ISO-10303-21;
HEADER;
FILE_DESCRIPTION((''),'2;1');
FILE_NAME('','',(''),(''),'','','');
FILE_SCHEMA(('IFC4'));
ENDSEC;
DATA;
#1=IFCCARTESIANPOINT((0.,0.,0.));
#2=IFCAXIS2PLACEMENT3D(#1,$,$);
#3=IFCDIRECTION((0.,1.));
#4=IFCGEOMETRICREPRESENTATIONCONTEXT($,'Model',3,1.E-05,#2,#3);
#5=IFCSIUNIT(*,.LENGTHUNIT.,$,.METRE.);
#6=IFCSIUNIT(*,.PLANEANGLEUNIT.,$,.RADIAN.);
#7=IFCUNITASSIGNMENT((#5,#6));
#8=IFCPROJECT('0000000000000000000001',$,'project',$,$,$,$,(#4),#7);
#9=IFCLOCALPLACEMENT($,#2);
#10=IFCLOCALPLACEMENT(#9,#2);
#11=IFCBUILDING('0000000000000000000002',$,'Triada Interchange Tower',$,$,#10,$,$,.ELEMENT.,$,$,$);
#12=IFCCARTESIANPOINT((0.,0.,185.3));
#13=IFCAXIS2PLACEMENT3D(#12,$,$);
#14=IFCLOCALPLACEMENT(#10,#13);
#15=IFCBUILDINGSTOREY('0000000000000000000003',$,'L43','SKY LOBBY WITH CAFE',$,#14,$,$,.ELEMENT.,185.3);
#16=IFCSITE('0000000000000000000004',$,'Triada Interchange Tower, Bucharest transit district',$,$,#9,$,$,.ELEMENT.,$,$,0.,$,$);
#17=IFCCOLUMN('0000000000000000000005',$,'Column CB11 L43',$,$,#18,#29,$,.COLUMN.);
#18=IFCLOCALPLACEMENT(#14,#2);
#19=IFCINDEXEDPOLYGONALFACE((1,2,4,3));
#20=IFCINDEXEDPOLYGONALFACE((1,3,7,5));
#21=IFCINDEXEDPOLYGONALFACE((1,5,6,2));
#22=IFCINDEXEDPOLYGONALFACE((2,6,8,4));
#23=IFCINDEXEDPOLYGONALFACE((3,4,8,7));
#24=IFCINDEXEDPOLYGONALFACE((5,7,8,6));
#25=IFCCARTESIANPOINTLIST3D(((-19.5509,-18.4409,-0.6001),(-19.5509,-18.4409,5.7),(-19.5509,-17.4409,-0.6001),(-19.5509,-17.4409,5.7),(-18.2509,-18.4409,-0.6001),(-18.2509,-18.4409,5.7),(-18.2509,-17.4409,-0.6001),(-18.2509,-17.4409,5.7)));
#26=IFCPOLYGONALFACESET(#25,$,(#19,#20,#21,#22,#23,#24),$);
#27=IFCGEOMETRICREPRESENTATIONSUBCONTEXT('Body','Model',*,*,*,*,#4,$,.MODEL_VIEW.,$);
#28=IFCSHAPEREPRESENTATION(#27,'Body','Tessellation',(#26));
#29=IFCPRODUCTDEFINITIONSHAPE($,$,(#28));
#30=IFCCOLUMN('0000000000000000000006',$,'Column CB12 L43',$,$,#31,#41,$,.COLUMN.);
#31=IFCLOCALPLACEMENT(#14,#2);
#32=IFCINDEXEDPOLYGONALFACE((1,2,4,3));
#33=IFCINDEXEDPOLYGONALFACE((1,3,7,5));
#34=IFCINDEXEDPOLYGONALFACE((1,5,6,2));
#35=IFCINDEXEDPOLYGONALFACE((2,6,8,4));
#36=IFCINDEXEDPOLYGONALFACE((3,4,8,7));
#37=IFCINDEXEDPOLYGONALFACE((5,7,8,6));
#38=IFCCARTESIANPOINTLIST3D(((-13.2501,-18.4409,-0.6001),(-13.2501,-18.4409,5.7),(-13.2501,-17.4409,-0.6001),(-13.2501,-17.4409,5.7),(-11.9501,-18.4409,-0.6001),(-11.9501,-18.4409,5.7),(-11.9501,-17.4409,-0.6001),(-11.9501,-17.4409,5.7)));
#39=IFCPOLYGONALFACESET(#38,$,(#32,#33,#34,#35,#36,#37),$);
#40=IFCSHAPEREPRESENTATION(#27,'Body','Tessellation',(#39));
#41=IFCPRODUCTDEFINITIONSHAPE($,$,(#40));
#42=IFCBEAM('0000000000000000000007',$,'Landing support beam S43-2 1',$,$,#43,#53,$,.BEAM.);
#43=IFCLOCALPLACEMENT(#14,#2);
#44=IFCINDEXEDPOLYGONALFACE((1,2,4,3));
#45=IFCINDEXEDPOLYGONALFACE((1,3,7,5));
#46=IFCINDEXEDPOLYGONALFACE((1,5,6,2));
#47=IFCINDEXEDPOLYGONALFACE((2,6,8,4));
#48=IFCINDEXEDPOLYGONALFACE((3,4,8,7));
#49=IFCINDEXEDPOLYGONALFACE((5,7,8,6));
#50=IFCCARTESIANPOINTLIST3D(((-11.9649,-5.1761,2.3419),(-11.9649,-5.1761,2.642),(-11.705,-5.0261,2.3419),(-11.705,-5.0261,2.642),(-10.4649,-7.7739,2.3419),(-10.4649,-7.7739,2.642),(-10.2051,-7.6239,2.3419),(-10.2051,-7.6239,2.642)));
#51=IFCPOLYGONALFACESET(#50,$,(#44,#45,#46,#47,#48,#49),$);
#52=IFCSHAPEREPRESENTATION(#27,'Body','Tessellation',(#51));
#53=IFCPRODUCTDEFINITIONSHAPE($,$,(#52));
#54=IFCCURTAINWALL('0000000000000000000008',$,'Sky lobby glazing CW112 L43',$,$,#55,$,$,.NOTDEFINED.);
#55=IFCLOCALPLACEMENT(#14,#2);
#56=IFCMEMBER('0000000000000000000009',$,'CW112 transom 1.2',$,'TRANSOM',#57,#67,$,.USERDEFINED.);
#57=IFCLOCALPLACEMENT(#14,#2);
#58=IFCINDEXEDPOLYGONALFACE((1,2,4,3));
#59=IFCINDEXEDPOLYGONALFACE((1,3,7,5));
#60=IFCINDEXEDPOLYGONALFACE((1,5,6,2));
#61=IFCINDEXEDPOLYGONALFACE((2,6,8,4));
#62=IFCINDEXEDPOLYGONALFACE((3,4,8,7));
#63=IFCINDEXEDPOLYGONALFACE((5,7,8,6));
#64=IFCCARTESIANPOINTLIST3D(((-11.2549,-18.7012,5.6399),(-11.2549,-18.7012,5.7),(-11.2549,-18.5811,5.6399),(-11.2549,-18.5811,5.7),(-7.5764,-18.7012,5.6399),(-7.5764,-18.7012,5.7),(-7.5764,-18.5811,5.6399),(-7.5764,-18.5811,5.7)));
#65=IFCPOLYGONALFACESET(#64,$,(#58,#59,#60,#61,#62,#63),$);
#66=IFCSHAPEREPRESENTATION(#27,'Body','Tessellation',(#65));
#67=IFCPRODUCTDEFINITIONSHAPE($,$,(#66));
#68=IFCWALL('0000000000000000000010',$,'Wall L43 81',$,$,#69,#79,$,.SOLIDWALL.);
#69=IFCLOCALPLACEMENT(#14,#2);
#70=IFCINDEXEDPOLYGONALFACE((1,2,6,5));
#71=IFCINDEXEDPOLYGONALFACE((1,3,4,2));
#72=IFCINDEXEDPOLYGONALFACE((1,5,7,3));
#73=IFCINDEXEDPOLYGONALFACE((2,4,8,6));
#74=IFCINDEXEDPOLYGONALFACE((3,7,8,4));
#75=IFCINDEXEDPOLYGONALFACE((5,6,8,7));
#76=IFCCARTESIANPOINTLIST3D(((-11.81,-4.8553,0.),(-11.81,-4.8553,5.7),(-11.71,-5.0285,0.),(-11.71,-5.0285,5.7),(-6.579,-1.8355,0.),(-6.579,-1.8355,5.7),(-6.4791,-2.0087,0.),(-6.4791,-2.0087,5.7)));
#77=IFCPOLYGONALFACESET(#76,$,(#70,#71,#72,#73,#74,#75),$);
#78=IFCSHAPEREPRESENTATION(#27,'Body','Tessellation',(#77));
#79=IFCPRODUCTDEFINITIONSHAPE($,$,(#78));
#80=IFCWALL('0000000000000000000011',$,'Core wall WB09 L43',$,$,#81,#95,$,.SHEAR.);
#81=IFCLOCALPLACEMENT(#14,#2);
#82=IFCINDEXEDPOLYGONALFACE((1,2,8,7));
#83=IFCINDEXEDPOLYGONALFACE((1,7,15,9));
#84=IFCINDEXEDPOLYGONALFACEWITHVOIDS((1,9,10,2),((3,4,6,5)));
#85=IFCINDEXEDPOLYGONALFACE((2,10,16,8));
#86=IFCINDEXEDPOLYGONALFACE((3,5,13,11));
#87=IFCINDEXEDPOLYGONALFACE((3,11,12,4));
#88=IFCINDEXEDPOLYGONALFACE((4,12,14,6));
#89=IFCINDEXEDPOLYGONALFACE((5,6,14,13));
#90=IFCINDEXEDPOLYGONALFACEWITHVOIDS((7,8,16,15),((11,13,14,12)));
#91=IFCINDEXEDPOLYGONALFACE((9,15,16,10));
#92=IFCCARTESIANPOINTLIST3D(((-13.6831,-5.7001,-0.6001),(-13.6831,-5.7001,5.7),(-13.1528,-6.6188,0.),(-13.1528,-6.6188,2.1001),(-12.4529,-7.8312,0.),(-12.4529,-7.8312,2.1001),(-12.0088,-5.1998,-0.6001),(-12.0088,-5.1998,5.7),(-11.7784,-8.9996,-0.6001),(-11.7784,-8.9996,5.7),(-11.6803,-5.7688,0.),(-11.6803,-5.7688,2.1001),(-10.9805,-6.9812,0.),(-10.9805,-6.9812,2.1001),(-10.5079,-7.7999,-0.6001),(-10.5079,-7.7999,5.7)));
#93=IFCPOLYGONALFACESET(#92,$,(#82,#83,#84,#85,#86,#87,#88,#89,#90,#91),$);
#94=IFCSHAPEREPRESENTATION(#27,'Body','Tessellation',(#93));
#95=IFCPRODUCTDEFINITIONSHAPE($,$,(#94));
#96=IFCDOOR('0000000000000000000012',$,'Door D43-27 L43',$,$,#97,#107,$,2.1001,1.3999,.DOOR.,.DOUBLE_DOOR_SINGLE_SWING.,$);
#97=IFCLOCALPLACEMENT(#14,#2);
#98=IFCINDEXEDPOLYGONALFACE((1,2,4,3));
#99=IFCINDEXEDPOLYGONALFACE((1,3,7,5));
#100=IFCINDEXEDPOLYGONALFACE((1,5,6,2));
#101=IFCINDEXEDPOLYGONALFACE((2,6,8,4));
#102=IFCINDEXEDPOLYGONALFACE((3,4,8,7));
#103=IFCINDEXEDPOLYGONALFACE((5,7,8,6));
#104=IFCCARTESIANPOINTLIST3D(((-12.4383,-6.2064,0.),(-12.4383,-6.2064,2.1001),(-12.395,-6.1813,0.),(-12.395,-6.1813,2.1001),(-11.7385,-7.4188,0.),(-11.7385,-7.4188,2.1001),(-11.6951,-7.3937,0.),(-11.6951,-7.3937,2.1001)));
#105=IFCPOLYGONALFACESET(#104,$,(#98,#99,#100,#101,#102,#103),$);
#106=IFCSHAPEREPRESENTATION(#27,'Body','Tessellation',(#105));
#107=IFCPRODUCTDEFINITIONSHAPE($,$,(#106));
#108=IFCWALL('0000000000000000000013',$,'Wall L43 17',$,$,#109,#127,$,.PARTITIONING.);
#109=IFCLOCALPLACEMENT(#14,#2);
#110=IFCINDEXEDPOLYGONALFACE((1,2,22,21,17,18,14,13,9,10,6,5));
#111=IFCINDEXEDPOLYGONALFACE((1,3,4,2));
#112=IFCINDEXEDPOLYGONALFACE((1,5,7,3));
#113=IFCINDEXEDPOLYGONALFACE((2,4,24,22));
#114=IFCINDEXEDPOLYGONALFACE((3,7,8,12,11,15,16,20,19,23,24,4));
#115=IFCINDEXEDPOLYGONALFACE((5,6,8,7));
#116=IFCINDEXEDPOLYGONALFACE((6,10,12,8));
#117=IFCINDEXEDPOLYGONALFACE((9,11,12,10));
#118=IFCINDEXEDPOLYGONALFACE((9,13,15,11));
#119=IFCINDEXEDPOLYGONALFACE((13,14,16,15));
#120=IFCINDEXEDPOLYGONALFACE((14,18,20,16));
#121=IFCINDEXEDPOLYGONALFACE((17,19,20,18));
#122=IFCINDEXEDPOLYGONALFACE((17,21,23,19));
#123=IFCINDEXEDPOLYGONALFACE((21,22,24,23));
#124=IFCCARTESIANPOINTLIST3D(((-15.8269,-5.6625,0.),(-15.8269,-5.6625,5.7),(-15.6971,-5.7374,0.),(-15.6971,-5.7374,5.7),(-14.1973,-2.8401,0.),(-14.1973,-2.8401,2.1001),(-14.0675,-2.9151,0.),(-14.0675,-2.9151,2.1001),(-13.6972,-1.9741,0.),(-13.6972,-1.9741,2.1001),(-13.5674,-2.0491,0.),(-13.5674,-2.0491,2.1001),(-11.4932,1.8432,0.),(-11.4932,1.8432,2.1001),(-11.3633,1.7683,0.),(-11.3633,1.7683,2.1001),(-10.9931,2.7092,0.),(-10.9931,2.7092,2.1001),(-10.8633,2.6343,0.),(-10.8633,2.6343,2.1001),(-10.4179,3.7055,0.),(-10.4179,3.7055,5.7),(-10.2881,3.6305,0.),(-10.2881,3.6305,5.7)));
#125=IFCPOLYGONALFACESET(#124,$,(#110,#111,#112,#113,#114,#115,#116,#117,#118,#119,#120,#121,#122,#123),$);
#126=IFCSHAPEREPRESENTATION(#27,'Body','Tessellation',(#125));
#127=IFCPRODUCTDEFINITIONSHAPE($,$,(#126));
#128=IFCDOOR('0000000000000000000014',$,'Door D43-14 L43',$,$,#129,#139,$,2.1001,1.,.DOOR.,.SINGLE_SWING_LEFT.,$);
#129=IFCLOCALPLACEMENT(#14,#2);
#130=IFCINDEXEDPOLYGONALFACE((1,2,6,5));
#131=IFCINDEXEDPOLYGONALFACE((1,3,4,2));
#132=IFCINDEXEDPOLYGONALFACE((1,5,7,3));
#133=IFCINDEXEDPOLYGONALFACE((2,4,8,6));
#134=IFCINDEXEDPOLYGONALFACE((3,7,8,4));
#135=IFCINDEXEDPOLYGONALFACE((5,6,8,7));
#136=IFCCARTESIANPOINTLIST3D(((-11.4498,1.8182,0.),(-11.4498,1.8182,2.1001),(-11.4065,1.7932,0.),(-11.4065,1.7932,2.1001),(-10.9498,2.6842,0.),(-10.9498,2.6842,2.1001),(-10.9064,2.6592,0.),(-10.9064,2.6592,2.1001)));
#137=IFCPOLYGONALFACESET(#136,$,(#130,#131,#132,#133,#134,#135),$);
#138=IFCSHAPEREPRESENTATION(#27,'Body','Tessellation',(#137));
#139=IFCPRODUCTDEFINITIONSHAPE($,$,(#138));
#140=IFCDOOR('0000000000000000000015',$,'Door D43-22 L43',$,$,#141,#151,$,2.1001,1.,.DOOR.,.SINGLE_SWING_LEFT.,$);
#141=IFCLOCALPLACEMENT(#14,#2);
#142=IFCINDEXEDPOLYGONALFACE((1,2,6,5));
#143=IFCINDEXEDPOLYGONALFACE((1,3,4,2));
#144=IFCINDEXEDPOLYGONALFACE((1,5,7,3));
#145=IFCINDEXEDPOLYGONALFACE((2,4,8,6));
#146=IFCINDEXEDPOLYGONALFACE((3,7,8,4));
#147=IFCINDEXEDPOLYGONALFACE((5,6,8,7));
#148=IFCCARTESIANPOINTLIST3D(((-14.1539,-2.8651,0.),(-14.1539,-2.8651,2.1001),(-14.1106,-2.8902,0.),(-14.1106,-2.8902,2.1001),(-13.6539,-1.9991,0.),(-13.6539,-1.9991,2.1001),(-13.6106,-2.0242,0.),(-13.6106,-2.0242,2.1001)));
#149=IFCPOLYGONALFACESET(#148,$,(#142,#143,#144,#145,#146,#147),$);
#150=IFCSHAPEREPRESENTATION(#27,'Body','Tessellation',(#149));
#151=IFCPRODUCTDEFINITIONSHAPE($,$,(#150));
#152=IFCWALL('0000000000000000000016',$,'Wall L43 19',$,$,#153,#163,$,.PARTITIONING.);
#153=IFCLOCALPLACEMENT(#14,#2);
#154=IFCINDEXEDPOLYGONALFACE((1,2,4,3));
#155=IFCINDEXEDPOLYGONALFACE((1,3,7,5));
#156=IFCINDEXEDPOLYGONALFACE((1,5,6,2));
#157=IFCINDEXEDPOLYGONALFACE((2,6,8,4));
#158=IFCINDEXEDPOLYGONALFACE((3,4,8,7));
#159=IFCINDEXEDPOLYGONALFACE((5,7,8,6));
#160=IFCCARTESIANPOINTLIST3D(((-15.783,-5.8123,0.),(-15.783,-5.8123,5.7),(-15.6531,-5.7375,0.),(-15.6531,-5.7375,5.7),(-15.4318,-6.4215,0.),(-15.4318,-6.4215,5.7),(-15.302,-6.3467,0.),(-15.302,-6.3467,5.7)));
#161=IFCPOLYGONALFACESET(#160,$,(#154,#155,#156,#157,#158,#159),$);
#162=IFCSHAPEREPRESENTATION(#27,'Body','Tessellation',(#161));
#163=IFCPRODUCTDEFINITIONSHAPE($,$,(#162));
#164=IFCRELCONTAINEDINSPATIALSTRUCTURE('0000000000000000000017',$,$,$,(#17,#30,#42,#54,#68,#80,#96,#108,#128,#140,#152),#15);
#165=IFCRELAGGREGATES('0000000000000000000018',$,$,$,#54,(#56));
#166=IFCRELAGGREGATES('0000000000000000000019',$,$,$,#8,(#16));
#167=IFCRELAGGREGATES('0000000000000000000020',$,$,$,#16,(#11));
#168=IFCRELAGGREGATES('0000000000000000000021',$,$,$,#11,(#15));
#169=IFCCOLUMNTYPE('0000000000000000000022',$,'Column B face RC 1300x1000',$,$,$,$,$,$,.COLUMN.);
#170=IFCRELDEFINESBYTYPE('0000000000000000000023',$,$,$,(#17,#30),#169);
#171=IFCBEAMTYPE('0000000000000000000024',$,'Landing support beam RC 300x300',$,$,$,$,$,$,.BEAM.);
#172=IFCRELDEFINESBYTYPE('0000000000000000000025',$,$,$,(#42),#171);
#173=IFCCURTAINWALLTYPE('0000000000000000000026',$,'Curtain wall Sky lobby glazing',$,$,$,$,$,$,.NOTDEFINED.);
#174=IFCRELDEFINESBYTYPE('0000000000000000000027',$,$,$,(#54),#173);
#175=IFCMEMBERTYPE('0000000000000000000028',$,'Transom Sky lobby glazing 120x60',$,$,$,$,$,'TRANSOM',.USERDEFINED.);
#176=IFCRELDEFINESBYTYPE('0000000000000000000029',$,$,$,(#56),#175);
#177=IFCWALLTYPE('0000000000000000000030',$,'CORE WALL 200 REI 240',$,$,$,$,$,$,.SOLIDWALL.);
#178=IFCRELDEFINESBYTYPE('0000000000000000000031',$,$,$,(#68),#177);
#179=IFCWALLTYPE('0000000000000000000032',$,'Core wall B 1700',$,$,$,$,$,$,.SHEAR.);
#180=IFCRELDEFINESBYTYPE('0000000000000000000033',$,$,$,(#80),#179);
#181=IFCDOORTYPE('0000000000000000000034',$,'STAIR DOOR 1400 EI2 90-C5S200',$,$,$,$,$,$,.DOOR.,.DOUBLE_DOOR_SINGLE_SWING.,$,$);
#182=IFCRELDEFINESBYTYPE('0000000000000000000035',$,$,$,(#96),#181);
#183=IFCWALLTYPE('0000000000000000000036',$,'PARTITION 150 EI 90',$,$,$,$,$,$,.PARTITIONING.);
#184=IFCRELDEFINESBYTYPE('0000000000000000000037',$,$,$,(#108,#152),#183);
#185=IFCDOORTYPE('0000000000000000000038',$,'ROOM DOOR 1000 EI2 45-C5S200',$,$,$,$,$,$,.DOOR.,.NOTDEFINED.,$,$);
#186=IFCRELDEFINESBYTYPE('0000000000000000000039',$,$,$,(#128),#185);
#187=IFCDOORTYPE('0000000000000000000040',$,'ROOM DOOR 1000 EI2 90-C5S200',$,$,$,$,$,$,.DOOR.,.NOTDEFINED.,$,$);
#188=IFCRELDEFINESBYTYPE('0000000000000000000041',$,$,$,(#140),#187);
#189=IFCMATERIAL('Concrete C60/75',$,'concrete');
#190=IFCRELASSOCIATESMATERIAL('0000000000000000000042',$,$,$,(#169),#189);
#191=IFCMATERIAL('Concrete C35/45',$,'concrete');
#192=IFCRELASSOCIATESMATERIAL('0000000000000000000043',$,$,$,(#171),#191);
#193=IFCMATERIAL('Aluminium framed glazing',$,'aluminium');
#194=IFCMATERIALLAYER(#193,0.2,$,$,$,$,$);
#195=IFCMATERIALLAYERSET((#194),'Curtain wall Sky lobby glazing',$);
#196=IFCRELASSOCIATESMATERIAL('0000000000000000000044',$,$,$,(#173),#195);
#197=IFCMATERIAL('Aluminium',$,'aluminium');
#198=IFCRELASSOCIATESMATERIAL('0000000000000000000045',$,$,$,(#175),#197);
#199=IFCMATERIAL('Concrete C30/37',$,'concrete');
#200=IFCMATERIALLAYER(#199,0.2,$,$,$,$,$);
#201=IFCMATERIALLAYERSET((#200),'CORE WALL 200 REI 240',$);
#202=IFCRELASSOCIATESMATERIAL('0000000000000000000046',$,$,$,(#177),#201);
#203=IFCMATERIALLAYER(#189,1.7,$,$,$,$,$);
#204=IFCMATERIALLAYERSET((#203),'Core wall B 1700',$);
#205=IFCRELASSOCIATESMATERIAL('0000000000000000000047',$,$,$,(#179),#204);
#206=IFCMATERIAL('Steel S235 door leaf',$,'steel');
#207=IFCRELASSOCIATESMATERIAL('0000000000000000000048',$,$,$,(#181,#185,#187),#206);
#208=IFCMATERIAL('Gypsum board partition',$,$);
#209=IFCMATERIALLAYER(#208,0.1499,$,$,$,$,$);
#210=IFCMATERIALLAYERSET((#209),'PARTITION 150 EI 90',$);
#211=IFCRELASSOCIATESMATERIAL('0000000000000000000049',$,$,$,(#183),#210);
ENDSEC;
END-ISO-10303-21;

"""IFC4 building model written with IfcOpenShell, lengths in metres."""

from ifc_helpers import new_model, si_unit, direction, frame, frame_2d, origin, origin_2d, place, context, subcontext, project, spatial, polyline, rectangle, outline, extrude, material, layer, layer_set, material_profile, profile_set, type_object, element, fill, aggregate, save


model = new_model("IFC4")

# Units and contexts
model_context = context("Model", 3, precision=1e-05, world=origin(), true_north=direction((0.0, 1.0)))
body_context = subcontext(model_context, "Body", "Model", "MODEL_VIEW")
ifc_project = project(units=[si_unit("LENGTHUNIT", "METRE"), si_unit("PLANEANGLEUNIT", "RADIAN")], contexts=[model_context])

# Site, building, storey
site_placement = place(None, origin())
site = spatial("IfcSite", under=ifc_project, at=site_placement, Name="Triada Interchange Tower, Bucharest transit district", CompositionType="ELEMENT", RefElevation=0.0)
building_placement = place(site_placement, origin())
building = spatial("IfcBuilding", under=site, at=building_placement, Name="Triada Interchange Tower", CompositionType="ELEMENT")
storey_placement = place(building_placement, frame((0.0, 0.0, 185.3)))
storey = spatial("IfcBuildingStorey", under=building, at=storey_placement, Name="L43", Description="SKY LOBBY WITH CAFE", CompositionType="ELEMENT", Elevation=185.3)

# Columns
ifc_material_1 = material(Name="Concrete C60/75", Category="concrete")
ifc_material_profile_1 = material_profile(ifc_material_1, rectangle(XDim=1.3, YDim=1.0, at=origin_2d()), Name="RC 1300x1000")
ifc_profile_set_1 = profile_set([ifc_material_profile_1], Name="Concrete C60/75")
column_type = type_object("IfcColumnType", Name="Column B face RC 1300x1000", PredefinedType="COLUMN", material=ifc_profile_set_1)
for number, where, z_axis, x_axis, name in (
    (1, (-18.9009, -17.9409, -0.6001), (0.0, 0.0, 1.0), (1.0, 0.0, 0.0), "Column CB11 L43"),
    (2, (-12.6001, -17.9409, -0.6001), (0.0, 0.0, 1.0), (1.0, 0.0, 0.0), "Column CB12 L43"),
):
    element("IfcColumn", number, at=place(storey_placement, frame(where, z_axis=z_axis, x_axis=x_axis)), inside=storey, type_object=column_type, Name=name, PredefinedType="COLUMN", context=body_context, shape_type="SweptSolid", body=[
        extrude(rectangle(XDim=1.3, YDim=1.0, at=origin_2d()), origin(), (0.0, 0.0, 1.0), 6.3),
    ])

# Beam
ifc_material_2 = material(Name="Concrete C35/45", Category="concrete")
ifc_material_profile_2 = material_profile(ifc_material_2, rectangle(XDim=0.3, YDim=0.3, at=origin_2d()), Name="RC 300x300")
ifc_profile_set_2 = profile_set([ifc_material_profile_2], Name="Concrete C35/45")
beam_type = type_object("IfcBeamType", Name="Landing support beam RC 300x300", PredefinedType="BEAM", material=ifc_profile_set_2)
beam_placement = place(storey_placement, frame((-11.835, -5.1011, 2.4919), z_axis=(0.500025, -0.866011, 0.0), x_axis=(0.866011, 0.500025, 0.0)))
element("IfcBeam", 3, at=beam_placement, inside=storey, type_object=beam_type, Name="Landing support beam S43-2 1", PredefinedType="BEAM", context=body_context, shape_type="SweptSolid", body=[
    extrude(rectangle(XDim=0.3, YDim=0.3, at=origin_2d()), origin(), (0.0, 0.0, 1.0), 2.9998),
])

# Curtain wall, member
ifc_material_3 = material(Name="Aluminium framed glazing", Category="aluminium")
ifc_layer_1 = layer(ifc_material_3, 0.2)
ifc_layer_set_1 = layer_set([ifc_layer_1], Name="Curtain wall Sky lobby glazing")
curtain_wall_type = type_object("IfcCurtainWallType", Name="Curtain wall Sky lobby glazing", PredefinedType="NOTDEFINED", material=ifc_layer_set_1)
curtain_wall_placement = place(storey_placement, origin())
curtain_wall = element("IfcCurtainWall", 4, at=curtain_wall_placement, inside=storey, type_object=curtain_wall_type, Name="Sky lobby glazing CW112 L43", PredefinedType="NOTDEFINED")
ifc_material_4 = material(Name="Aluminium", Category="aluminium")
ifc_material_profile_3 = material_profile(ifc_material_4, rectangle(XDim=0.1201, YDim=0.0601, at=origin_2d()), Name="Aluminium transom")
ifc_profile_set_3 = profile_set([ifc_material_profile_3], Name="Aluminium")
member_type = type_object("IfcMemberType", Name="Transom Sky lobby glazing 120x60", ElementType="TRANSOM", PredefinedType="USERDEFINED", material=ifc_profile_set_3)
member_placement = place(storey_placement, frame((-11.2549, -18.6411, 5.6699), z_axis=(1.0, 0.0, 0.0), x_axis=(0.0, 1.0, 0.0)))
member = element("IfcMember", 5, at=member_placement, type_object=member_type, Name="CW112 transom 1.2", ObjectType="TRANSOM", PredefinedType="USERDEFINED", context=body_context, shape_type="SweptSolid", body=[
    extrude(rectangle(XDim=0.1201, YDim=0.0601, at=origin_2d()), origin(), (0.0, 0.0, 1.0), 3.6785),
])
aggregate(curtain_wall, [member])

# Wall
ifc_material_5 = material(Name="Concrete C30/37", Category="concrete")
ifc_layer_2 = layer(ifc_material_5, 0.2)
ifc_layer_set_2 = layer_set([ifc_layer_2], Name="CORE WALL 200 REI 240")
wall_type_1 = type_object("IfcWallType", Name="CORE WALL 200 REI 240", PredefinedType="SOLIDWALL", material=ifc_layer_set_2)
wall_1_placement = place(storey_placement, frame((-11.76, -4.9419, 0.0), z_axis=(0.0, 0.0, 1.0), x_axis=(0.866048, 0.49996, 0.0)))
element("IfcWall", 6, at=wall_1_placement, inside=storey, type_object=wall_type_1, Name="Wall L43 81", PredefinedType="SOLIDWALL", context=body_context, shape_type="SweptSolid", body=[
    extrude(rectangle(XDim=6.04, YDim=0.2, at=frame_2d((3.02, 0.0))), origin(), (0.0, 0.0, 1.0), 5.7),
])

# Wall, opening, door
ifc_material_6 = material(Name="Steel S235 door leaf", Category="steel")
ifc_layer_3 = layer(ifc_material_1, 1.7)
ifc_layer_set_3 = layer_set([ifc_layer_3], Name="Core wall B 1700")
wall_type_2 = type_object("IfcWallType", Name="Core wall B 1700", PredefinedType="SHEAR", material=ifc_layer_set_3)
wall_2_placement = place(storey_placement, frame((-12.8459, -5.45, -0.6001), z_axis=(0.0, 0.0, 1.0), x_axis=(0.49994, -0.86606, 0.0)))
wall_2 = element("IfcWall", 7, at=wall_2_placement, inside=storey, type_object=wall_type_2, Name="Core wall WB09 L43", PredefinedType="SHEAR", context=body_context, shape_type="SweptSolid", body=[
    extrude(outline(polyline([(-0.2019, -0.8501), (1.7031, -0.8501), (3.6079, -0.8501), (3.2041, 0.8501), (1.7031, 0.8501), (0.2019, 0.8501), (-0.2019, -0.8501)])), origin(), (0.0, 0.0, 1.0), 6.3),
])
opening_1_placement = place(wall_2_placement, frame((0.8589, 0.0, 0.6001)))
opening_1 = element("IfcOpeningElement", 8, at=opening_1_placement, cuts=wall_2, PredefinedType="OPENING", context=body_context, shape_type="SweptSolid", body=[
    extrude(rectangle(XDim=1.3999, YDim=2.1001, at=frame_2d((0.7, 1.05))), frame((0.0, 0.8601, 0.0), z_axis=(0.0, -1.0, 0.0), x_axis=(1.0, 0.0, 0.0)), (0.0, 0.0, 1.0), 1.7202),
])
door_type_1 = type_object("IfcDoorType", Name="STAIR DOOR 1400 EI2 90-C5S200", OperationType="DOUBLE_DOOR_SINGLE_SWING", PredefinedType="DOOR", material=ifc_material_6)
door_1_placement = place(opening_1_placement, origin())
door_1 = element("IfcDoor", 9, at=door_1_placement, inside=storey, type_object=door_type_1, Name="Door D43-27 L43", OperationType="DOUBLE_DOOR_SINGLE_SWING", OverallHeight=2.1001, OverallWidth=1.3999, PredefinedType="DOOR", context=body_context, shape_type="SweptSolid", body=[
    extrude(rectangle(XDim=1.3999, YDim=2.1001, at=frame_2d((0.7, 1.05))), frame((0.0, 0.0249, 0.0), z_axis=(0.0, -1.0, 0.0), x_axis=(1.0, 0.0, 0.0)), (0.0, 0.0, 1.0), 0.05),
])
fill(opening_1, door_1)

# Wall, openings, doors
ifc_material_7 = material(Name="Gypsum board partition")
ifc_layer_4 = layer(ifc_material_7, 0.1499)
ifc_layer_set_4 = layer_set([ifc_layer_4], Name="PARTITION 150 EI 90")
wall_type_3 = type_object("IfcWallType", Name="PARTITION 150 EI 90", PredefinedType="PARTITIONING", material=ifc_layer_set_4)
wall_3_placement = place(storey_placement, frame((-15.762, -5.7, 0.0), z_axis=(0.0, 0.0, 1.0), x_axis=(0.500025, 0.866011, 0.0)))
wall_3 = element("IfcWall", 10, at=wall_3_placement, inside=storey, type_object=wall_type_3, Name="Wall L43 17", PredefinedType="PARTITIONING", context=body_context, shape_type="SweptSolid", body=[
    extrude(rectangle(XDim=10.8174, YDim=0.1499, at=frame_2d((5.4087, 0.0))), origin(), (0.0, 0.0, 1.0), 5.7),
])
opening_2_placement = place(wall_3_placement, frame((8.667, 0.0, 0.0)))
opening_2 = element("IfcOpeningElement", 11, at=opening_2_placement, cuts=wall_3, PredefinedType="OPENING", context=body_context, shape_type="SweptSolid", body=[
    extrude(rectangle(XDim=1.0, YDim=2.1001, at=frame_2d((0.5, 1.05))), frame((0.0, 0.085, 0.0), z_axis=(0.0, -1.0, 0.0), x_axis=(1.0, 0.0, 0.0)), (0.0, 0.0, 1.0), 0.1699),
])
opening_3_placement = place(wall_3_placement, frame((3.259, 0.0, 0.0)))
opening_3 = element("IfcOpeningElement", 12, at=opening_3_placement, cuts=wall_3, PredefinedType="OPENING", context=body_context, shape_type="SweptSolid", body=[
    extrude(rectangle(XDim=1.0, YDim=2.1001, at=frame_2d((0.5, 1.05))), frame((0.0, 0.085, 0.0), z_axis=(0.0, -1.0, 0.0), x_axis=(1.0, 0.0, 0.0)), (0.0, 0.0, 1.0), 0.1699),
])
door_type_2 = type_object("IfcDoorType", Name="ROOM DOOR 1000 EI2 45-C5S200", OperationType="NOTDEFINED", PredefinedType="DOOR", material=ifc_material_6)
door_2_placement = place(opening_2_placement, origin())
door_2 = element("IfcDoor", 13, at=door_2_placement, inside=storey, type_object=door_type_2, Name="Door D43-14 L43", OperationType="SINGLE_SWING_LEFT", OverallHeight=2.1001, OverallWidth=1.0, PredefinedType="DOOR", context=body_context, shape_type="SweptSolid", body=[
    extrude(rectangle(XDim=1.0, YDim=2.1001, at=frame_2d((0.5, 1.05))), frame((0.0, 0.0249, 0.0), z_axis=(0.0, -1.0, 0.0), x_axis=(1.0, 0.0, 0.0)), (0.0, 0.0, 1.0), 0.05),
])
fill(opening_2, door_2)
door_type_3 = type_object("IfcDoorType", Name="ROOM DOOR 1000 EI2 90-C5S200", OperationType="NOTDEFINED", PredefinedType="DOOR", material=ifc_material_6)
door_3_placement = place(opening_3_placement, origin())
door_3 = element("IfcDoor", 14, at=door_3_placement, inside=storey, type_object=door_type_3, Name="Door D43-22 L43", OperationType="SINGLE_SWING_LEFT", OverallHeight=2.1001, OverallWidth=1.0, PredefinedType="DOOR", context=body_context, shape_type="SweptSolid", body=[
    extrude(rectangle(XDim=1.0, YDim=2.1001, at=frame_2d((0.5, 1.05))), frame((0.0, 0.0249, 0.0), z_axis=(0.0, -1.0, 0.0), x_axis=(1.0, 0.0, 0.0)), (0.0, 0.0, 1.0), 0.05),
])
fill(opening_3, door_3)

# Wall
wall_4_placement = place(storey_placement, frame((-15.718, -5.7749, 0.0), z_axis=(0.0, 0.0, 1.0), x_axis=(0.499352, -0.866399, 0.0)))
element("IfcWall", 15, at=wall_4_placement, inside=storey, type_object=wall_type_3, Name="Wall L43 19", PredefinedType="PARTITIONING", context=body_context, shape_type="SweptSolid", body=[
    extrude(rectangle(XDim=0.7031, YDim=0.1499, at=frame_2d((0.3516, 0.0))), origin(), (0.0, 0.0, 1.0), 5.7),
])

save(model, "model.ifc")
